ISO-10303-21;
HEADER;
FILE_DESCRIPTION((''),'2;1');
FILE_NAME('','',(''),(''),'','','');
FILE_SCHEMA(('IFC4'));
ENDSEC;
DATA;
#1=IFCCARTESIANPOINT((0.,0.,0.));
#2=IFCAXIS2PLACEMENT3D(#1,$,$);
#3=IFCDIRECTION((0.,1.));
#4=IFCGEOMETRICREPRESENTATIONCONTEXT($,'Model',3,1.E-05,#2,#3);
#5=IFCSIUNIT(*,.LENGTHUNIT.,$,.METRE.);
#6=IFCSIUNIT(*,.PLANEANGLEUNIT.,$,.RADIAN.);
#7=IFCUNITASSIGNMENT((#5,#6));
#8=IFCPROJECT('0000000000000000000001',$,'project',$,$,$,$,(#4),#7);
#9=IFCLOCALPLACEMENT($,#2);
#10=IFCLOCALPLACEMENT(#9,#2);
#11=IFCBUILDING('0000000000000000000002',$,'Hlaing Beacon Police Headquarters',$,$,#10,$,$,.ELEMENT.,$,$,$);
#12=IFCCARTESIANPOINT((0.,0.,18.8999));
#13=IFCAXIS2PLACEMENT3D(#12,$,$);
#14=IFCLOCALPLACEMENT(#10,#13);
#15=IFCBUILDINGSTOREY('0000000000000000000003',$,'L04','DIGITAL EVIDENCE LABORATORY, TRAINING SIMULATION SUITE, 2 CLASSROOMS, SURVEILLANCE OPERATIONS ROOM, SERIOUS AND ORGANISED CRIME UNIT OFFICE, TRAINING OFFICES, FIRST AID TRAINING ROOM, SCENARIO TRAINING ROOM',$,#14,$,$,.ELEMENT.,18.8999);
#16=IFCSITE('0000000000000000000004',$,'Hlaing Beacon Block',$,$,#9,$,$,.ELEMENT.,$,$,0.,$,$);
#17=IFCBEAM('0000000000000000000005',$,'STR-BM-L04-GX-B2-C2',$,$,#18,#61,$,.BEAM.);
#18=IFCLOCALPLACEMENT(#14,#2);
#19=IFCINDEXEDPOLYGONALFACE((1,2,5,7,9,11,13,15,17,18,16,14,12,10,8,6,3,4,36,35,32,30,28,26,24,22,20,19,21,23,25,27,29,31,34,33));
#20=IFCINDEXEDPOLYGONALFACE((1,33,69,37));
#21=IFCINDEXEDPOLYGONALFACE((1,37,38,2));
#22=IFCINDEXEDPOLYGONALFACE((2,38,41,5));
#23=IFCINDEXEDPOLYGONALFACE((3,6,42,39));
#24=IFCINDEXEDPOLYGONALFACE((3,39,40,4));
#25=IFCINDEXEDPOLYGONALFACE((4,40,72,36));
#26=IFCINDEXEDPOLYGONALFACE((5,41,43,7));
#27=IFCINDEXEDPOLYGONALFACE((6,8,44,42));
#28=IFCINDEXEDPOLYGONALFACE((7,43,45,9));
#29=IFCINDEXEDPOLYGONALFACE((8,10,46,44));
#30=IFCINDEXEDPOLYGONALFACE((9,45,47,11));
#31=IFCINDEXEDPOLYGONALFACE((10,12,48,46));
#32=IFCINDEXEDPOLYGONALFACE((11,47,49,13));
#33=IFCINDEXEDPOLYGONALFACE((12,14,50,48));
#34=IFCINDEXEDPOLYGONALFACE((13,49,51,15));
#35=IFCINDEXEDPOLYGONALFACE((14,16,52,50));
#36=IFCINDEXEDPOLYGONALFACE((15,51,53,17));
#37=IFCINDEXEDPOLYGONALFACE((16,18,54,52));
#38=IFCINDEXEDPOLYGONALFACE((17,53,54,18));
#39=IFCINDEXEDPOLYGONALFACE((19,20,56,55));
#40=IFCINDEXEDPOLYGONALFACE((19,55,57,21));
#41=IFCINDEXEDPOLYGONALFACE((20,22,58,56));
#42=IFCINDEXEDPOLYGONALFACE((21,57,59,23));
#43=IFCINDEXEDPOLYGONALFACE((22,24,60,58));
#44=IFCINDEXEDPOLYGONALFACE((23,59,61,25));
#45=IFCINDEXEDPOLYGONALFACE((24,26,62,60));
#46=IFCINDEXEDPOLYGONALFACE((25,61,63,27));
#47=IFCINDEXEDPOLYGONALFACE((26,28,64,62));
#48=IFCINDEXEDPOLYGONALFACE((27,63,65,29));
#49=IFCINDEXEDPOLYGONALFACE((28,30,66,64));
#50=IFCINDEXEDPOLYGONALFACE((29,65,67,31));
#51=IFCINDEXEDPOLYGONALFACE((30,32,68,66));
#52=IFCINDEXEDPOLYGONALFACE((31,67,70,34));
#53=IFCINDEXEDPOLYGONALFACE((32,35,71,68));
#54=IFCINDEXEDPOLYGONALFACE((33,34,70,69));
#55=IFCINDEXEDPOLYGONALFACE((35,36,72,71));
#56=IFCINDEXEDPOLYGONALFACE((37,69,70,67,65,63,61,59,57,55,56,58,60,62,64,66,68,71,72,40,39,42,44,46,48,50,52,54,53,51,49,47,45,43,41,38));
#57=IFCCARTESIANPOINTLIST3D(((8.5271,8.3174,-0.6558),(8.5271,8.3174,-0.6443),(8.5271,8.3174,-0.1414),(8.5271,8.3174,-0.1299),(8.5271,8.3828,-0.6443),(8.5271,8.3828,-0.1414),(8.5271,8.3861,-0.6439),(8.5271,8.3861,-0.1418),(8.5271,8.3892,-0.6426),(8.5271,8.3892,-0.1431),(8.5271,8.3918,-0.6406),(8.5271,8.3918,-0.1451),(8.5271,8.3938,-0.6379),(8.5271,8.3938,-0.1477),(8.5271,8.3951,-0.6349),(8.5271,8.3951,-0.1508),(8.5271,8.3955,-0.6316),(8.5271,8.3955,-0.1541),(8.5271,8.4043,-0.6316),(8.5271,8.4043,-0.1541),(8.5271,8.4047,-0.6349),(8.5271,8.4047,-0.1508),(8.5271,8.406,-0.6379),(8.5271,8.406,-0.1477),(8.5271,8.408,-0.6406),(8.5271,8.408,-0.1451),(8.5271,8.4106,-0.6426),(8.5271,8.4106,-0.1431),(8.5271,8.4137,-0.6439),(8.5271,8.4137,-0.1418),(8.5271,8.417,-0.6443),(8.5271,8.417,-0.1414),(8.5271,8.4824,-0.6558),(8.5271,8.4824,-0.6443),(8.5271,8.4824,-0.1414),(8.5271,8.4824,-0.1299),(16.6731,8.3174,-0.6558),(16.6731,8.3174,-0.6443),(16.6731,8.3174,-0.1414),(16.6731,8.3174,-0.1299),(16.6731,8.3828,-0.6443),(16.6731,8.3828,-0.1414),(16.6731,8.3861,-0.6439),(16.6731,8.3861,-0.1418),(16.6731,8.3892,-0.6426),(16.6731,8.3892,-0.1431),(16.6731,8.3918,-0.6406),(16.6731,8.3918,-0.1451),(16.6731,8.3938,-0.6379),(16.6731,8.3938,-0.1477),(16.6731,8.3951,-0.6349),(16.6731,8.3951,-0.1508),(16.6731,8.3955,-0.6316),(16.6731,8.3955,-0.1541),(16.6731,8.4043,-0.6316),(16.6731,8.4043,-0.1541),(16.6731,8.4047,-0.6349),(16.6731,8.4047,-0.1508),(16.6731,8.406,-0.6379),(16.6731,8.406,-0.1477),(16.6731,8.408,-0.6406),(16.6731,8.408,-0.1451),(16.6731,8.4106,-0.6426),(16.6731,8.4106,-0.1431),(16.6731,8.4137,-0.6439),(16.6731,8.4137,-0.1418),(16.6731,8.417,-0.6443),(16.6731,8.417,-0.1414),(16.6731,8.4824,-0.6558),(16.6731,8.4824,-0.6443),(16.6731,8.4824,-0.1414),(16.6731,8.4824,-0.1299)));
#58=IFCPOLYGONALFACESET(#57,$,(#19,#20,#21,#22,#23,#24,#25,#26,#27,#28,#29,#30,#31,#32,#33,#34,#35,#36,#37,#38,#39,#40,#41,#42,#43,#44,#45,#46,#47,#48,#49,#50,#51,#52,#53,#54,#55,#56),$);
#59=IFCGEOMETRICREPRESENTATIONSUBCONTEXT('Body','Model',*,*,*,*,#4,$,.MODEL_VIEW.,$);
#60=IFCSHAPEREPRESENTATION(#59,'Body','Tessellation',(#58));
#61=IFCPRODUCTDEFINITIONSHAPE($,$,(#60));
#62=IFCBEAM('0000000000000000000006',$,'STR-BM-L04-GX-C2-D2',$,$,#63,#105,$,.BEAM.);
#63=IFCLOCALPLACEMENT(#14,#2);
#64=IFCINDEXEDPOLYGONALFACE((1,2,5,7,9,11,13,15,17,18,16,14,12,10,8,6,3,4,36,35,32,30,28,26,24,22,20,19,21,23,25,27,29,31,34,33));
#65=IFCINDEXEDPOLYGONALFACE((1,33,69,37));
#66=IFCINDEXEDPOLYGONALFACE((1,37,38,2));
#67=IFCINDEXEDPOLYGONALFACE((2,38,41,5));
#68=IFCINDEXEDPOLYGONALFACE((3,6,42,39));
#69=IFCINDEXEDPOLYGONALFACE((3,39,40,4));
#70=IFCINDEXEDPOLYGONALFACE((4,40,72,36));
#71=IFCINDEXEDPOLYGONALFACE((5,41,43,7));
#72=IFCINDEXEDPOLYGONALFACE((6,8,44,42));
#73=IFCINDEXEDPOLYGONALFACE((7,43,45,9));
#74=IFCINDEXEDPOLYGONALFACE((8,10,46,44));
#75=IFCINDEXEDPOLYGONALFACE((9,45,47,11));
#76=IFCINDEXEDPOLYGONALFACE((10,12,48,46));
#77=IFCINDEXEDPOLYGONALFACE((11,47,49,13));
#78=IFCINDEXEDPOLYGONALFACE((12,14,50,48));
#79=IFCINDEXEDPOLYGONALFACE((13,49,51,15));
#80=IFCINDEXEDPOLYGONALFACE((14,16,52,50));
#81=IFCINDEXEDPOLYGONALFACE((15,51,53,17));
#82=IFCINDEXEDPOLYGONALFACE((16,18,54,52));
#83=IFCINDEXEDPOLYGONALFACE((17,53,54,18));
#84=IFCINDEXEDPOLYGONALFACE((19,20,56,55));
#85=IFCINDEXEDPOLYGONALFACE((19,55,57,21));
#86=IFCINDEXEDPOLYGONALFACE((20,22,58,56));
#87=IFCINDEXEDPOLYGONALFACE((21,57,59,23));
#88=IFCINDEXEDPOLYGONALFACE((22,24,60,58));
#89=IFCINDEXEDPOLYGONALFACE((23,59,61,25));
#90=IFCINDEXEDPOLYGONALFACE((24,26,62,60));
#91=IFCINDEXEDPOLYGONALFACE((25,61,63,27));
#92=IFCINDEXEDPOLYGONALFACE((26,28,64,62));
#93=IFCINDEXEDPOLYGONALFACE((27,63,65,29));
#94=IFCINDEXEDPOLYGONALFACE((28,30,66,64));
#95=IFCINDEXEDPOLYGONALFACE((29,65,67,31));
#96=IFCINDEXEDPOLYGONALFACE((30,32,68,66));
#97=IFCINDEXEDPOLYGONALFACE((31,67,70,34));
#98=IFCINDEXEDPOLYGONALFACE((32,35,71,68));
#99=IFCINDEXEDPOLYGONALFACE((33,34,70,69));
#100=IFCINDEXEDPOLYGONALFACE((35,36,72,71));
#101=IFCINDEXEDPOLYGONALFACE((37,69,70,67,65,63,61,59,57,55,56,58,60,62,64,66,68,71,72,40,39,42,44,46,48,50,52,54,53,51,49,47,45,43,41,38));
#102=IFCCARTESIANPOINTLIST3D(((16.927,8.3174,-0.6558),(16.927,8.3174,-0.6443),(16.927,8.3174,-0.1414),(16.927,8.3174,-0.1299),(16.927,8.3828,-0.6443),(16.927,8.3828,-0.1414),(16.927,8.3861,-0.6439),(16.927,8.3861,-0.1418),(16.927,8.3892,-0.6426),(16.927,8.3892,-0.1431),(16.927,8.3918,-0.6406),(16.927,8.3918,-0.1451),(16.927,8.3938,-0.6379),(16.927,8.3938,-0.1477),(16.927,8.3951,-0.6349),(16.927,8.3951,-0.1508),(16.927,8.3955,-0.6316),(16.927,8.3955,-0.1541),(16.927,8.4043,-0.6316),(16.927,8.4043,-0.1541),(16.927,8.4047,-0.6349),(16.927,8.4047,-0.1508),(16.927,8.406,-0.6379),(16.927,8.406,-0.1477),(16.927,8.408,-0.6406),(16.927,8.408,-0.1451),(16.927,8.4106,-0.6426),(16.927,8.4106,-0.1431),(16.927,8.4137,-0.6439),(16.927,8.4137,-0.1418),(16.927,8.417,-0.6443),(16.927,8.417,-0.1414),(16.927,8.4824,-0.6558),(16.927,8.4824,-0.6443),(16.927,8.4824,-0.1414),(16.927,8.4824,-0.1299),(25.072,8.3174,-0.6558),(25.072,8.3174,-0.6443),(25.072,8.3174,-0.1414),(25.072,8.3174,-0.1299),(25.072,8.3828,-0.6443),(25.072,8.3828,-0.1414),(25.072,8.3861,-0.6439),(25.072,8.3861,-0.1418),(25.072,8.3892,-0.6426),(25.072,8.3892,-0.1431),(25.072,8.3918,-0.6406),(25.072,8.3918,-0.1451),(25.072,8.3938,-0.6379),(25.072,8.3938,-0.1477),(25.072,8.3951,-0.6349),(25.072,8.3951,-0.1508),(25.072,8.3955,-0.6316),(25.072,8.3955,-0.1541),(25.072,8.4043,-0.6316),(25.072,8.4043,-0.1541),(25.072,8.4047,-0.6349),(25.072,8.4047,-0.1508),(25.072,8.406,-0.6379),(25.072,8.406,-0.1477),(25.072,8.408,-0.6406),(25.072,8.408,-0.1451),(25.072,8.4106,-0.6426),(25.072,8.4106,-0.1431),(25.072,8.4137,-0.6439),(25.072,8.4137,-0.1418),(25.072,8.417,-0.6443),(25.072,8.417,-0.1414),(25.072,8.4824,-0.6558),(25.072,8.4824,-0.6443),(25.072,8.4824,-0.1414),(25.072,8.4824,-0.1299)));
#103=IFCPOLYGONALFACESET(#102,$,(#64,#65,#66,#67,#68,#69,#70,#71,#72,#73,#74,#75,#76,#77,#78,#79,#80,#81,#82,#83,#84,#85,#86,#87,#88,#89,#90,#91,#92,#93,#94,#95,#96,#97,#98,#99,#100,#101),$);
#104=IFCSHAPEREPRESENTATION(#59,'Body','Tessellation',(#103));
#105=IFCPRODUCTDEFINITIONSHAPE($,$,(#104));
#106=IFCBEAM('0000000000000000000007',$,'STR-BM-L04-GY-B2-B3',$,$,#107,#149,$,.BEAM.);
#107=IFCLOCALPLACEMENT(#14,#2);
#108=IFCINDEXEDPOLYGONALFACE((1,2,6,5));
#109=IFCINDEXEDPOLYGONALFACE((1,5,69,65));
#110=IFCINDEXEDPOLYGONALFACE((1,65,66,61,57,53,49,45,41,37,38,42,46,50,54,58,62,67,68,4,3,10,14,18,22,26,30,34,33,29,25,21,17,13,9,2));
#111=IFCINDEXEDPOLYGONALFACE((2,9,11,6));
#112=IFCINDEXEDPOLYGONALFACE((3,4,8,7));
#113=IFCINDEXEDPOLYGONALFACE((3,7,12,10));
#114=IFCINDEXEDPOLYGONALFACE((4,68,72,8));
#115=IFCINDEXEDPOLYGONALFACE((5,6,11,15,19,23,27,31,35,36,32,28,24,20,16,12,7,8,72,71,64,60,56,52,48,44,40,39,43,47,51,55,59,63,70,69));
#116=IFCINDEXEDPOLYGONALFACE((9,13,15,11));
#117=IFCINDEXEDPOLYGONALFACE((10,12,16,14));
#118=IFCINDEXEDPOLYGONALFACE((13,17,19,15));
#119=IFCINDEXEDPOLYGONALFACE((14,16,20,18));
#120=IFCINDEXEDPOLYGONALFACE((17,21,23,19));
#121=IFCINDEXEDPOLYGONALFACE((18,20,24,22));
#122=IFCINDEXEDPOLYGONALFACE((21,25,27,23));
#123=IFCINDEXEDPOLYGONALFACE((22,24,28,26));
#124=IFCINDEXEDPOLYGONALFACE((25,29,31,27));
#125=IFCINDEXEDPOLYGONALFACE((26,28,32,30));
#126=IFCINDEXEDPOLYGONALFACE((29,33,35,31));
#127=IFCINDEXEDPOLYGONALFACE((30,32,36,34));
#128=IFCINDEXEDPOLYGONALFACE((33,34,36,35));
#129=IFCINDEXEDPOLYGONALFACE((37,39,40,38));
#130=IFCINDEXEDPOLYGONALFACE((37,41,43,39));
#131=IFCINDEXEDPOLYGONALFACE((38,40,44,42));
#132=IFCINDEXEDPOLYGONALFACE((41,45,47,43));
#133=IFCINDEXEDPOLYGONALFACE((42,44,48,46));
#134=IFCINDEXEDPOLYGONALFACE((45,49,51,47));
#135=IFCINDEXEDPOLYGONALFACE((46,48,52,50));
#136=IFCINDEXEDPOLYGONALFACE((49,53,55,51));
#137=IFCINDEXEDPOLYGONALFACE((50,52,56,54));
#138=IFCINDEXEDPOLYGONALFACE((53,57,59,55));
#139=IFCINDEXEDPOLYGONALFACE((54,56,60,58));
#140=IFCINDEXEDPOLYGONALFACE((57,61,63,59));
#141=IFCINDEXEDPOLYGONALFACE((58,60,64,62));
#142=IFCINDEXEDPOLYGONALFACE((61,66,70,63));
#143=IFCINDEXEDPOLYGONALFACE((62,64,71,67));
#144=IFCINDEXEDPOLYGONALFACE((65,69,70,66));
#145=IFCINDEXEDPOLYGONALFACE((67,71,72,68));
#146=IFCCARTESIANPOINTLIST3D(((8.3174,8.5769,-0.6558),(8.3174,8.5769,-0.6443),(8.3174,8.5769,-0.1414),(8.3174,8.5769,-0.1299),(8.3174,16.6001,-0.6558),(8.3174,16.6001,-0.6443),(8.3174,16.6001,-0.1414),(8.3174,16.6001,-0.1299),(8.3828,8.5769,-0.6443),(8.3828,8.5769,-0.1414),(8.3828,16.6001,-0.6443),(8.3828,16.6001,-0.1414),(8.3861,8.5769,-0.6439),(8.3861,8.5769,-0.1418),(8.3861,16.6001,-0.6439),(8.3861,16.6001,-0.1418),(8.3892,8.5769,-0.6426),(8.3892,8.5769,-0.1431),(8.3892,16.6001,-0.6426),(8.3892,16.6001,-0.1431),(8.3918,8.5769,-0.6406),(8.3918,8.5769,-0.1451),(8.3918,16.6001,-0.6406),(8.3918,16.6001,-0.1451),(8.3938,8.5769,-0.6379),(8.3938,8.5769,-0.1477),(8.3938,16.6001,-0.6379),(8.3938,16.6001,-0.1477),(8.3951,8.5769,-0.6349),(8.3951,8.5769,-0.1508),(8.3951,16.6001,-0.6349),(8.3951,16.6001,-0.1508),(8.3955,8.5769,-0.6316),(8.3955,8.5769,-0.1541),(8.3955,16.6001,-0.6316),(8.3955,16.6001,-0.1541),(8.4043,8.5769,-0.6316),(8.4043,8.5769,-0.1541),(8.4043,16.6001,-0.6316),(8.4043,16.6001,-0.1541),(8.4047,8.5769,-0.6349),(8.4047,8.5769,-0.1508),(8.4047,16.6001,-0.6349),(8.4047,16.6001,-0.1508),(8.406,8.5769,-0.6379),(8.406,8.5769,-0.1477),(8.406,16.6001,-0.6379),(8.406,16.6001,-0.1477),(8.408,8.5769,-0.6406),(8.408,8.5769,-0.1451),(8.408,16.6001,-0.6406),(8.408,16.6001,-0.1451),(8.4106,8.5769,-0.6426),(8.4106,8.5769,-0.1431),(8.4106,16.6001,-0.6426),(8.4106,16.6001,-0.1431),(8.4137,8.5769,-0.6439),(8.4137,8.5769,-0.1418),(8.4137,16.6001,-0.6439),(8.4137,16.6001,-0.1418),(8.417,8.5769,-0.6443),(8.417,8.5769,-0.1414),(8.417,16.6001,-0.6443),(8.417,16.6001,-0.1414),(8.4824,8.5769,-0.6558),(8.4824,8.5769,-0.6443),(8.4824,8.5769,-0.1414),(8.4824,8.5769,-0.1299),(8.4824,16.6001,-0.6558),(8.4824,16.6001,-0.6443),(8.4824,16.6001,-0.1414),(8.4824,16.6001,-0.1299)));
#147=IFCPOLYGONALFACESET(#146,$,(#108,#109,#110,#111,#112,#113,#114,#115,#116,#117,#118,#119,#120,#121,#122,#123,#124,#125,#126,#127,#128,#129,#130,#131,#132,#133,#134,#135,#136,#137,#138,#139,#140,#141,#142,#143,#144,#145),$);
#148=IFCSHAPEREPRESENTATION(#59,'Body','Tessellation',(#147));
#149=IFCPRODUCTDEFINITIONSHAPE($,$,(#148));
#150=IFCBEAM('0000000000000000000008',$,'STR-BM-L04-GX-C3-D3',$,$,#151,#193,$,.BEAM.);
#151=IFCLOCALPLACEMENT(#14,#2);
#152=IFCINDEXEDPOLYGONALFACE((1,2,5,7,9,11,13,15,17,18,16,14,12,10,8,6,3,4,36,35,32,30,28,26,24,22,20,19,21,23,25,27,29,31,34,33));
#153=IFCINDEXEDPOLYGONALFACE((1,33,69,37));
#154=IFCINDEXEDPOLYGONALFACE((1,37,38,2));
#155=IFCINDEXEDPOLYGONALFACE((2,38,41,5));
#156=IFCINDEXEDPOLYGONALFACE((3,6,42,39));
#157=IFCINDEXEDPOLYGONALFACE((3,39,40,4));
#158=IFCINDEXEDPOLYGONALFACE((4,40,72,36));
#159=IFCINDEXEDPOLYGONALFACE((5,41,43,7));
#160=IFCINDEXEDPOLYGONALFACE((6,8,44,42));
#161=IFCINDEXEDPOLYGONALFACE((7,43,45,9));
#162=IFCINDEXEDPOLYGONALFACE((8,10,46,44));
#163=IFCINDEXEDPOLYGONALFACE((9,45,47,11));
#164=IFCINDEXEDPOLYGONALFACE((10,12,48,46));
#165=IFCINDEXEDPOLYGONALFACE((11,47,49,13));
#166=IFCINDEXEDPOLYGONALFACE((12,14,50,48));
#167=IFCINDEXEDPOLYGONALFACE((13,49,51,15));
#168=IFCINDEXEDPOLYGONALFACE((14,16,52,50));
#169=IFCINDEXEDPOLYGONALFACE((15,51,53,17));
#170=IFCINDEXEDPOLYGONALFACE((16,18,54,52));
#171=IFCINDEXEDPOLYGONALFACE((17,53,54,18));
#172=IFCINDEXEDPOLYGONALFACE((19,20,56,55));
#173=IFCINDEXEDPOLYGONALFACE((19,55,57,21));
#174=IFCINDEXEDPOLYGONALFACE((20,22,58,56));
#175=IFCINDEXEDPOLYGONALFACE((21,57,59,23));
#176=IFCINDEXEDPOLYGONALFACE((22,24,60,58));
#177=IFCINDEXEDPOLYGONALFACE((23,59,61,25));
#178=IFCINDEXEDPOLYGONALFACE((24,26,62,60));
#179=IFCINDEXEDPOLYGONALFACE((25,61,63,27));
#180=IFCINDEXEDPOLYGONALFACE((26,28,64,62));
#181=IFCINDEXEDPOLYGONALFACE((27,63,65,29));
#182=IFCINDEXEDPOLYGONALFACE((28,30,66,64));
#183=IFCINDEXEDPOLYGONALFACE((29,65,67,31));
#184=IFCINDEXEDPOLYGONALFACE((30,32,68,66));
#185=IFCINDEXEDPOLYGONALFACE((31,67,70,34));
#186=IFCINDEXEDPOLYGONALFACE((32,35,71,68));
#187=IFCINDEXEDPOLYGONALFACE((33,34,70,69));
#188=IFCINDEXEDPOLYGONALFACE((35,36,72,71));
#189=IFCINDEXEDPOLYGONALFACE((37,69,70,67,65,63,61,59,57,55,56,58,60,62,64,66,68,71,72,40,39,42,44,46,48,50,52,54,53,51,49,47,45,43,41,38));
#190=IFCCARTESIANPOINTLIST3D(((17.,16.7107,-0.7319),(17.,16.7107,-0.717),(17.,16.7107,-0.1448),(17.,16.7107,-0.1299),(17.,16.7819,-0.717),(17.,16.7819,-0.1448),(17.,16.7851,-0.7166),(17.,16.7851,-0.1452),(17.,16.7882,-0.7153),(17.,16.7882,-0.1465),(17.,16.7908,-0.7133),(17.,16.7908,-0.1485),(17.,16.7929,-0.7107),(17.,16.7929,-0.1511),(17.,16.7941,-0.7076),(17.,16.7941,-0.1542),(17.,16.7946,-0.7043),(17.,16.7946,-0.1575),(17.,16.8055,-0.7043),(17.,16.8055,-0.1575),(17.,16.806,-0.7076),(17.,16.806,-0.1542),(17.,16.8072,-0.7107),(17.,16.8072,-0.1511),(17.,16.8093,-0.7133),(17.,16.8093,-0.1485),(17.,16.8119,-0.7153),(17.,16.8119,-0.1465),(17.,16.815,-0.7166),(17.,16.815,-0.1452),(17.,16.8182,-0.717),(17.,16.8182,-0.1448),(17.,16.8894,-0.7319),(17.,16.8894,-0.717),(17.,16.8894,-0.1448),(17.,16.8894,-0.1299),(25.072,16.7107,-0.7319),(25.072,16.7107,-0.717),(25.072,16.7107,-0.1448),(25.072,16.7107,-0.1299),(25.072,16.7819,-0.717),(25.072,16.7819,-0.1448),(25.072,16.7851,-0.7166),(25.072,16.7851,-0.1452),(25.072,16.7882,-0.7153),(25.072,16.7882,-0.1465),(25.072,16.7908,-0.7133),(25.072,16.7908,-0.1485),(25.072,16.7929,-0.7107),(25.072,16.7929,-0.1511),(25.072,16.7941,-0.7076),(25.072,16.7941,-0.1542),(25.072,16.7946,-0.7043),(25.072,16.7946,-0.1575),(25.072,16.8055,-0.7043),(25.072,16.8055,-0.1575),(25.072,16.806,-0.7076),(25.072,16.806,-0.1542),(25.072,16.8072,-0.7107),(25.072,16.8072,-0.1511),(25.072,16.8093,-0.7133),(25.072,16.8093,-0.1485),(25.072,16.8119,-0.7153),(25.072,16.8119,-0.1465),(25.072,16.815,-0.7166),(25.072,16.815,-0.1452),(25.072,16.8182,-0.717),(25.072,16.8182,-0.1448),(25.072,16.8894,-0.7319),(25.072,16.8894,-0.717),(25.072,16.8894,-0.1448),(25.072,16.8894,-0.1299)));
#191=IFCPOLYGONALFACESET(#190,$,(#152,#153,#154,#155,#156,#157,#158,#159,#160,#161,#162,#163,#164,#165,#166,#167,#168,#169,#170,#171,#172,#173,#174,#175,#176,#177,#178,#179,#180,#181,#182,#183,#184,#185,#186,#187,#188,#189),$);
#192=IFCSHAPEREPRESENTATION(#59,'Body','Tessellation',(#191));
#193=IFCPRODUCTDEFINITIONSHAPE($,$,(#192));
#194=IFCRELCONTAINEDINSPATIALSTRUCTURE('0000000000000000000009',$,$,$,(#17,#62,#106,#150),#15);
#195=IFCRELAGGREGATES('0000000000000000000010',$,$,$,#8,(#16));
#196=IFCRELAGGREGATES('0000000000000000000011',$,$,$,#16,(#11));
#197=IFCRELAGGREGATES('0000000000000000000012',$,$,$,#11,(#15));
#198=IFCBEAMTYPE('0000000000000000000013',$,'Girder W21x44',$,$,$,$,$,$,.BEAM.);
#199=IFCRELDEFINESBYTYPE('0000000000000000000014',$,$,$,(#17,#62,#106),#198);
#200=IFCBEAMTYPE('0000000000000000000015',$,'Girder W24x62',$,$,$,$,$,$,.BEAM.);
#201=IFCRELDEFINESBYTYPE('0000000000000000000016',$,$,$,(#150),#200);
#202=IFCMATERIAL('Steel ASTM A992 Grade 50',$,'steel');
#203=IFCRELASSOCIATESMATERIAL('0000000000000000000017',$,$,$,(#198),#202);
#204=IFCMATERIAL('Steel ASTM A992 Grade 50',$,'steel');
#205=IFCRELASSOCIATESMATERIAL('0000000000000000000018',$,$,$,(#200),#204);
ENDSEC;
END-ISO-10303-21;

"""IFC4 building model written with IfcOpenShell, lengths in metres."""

from ifc_helpers import new_model, si_unit, direction, frame, origin, origin_2d, place, context, subcontext, project, spatial, i_section, extrude, material, material_profile, profile_set, type_object, element, save


model = new_model("IFC4")

# Units and contexts
model_context = context("Model", 3, precision=1e-05, world=origin(), true_north=direction((0.0, 1.0)))
body_context = subcontext(model_context, "Body", "Model", "MODEL_VIEW")
ifc_project = project(units=[si_unit("LENGTHUNIT", "METRE"), si_unit("PLANEANGLEUNIT", "RADIAN")], contexts=[model_context])

# Site, building, storey
site_placement = place(None, origin())
site = spatial("IfcSite", under=ifc_project, at=site_placement, Name="Hlaing Beacon Block", CompositionType="ELEMENT", RefElevation=0.0)
building_placement = place(site_placement, origin())
building = spatial("IfcBuilding", under=site, at=building_placement, Name="Hlaing Beacon Police Headquarters", CompositionType="ELEMENT")
storey_placement = place(building_placement, frame((0.0, 0.0, 18.8999)))
storey = spatial("IfcBuildingStorey", under=building, at=storey_placement, Name="L04", Description="DIGITAL EVIDENCE LABORATORY, TRAINING SIMULATION SUITE, 2 CLASSROOMS, SURVEILLANCE OPERATIONS ROOM, SERIOUS AND ORGANISED CRIME UNIT OFFICE, TRAINING OFFICES, FIRST AID TRAINING ROOM, SCENARIO TRAINING ROOM", CompositionType="ELEMENT", Elevation=18.8999)

# Beams
ifc_material_1 = material(Name="Steel ASTM A992 Grade 50", Category="steel")
ifc_material_profile_1 = material_profile(ifc_material_1, i_section(OverallWidth=0.165, OverallDepth=0.5259, WebThickness=0.0088, FlangeThickness=0.0115, FilletRadius=0.0127, at=origin_2d()), Name="W21x44")
ifc_profile_set_1 = profile_set([ifc_material_profile_1], Name="Steel ASTM A992 Grade 50")
beam_type_1 = type_object("IfcBeamType", Name="Girder W21x44", PredefinedType="BEAM", material=ifc_profile_set_1)
beam_1_placement = place(storey_placement, frame((8.5271, 8.3999, -0.3928), z_axis=(1.0, 0.0, 0.0), x_axis=(0.0, 1.0, 0.0)))
element("IfcBeam", 1, at=beam_1_placement, inside=storey, type_object=beam_type_1, Name="STR-BM-L04-GX-B2-C2", PredefinedType="BEAM", context=body_context, shape_type="SweptSolid", body=[
    extrude(i_section(OverallWidth=0.165, OverallDepth=0.5259, WebThickness=0.0088, FlangeThickness=0.0115, FilletRadius=0.0127, at=origin_2d()), origin(), (0.0, 0.0, 1.0), 8.146),
])
beam_2_placement = place(storey_placement, frame((16.927, 8.3999, -0.3928), z_axis=(1.0, 0.0, 0.0), x_axis=(0.0, 1.0, 0.0)))
element("IfcBeam", 2, at=beam_2_placement, inside=storey, type_object=beam_type_1, Name="STR-BM-L04-GX-C2-D2", PredefinedType="BEAM", context=body_context, shape_type="SweptSolid", body=[
    extrude(i_section(OverallWidth=0.165, OverallDepth=0.5259, WebThickness=0.0088, FlangeThickness=0.0115, FilletRadius=0.0127, at=origin_2d()), origin(), (0.0, 0.0, 1.0), 8.145),
])
beam_3_placement = place(storey_placement, frame((8.3999, 8.5769, -0.3928), z_axis=(0.0, 1.0, 0.0), x_axis=(-1.0, 0.0, 0.0)))
element("IfcBeam", 3, at=beam_3_placement, inside=storey, type_object=beam_type_1, Name="STR-BM-L04-GY-B2-B3", PredefinedType="BEAM", context=body_context, shape_type="SweptSolid", body=[
    extrude(i_section(OverallWidth=0.165, OverallDepth=0.5259, WebThickness=0.0088, FlangeThickness=0.0115, FilletRadius=0.0127, at=origin_2d()), origin(), (0.0, 0.0, 1.0), 8.0232),
])
ifc_material_2 = material(Name="Steel ASTM A992 Grade 50", Category="steel")
ifc_material_profile_2 = material_profile(ifc_material_2, i_section(OverallWidth=0.1787, OverallDepth=0.6021, WebThickness=0.011, FlangeThickness=0.0149, FilletRadius=0.0127, at=origin_2d()), Name="W24x62")
ifc_profile_set_2 = profile_set([ifc_material_profile_2], Name="Steel ASTM A992 Grade 50")
beam_type_2 = type_object("IfcBeamType", Name="Girder W24x62", PredefinedType="BEAM", material=ifc_profile_set_2)
for number, where, z_axis, x_axis, name in (
    (4, (17.0, 16.8, -0.4309), (1.0, 0.0, 0.0), (0.0, 1.0, 0.0), "STR-BM-L04-GX-C3-D3"),
):
    element("IfcBeam", number, at=place(storey_placement, frame(where, z_axis=z_axis, x_axis=x_axis)), inside=storey, type_object=beam_type_2, Name=name, PredefinedType="BEAM", context=body_context, shape_type="SweptSolid", body=[
        extrude(i_section(OverallWidth=0.1787, OverallDepth=0.6021, WebThickness=0.011, FlangeThickness=0.0149, FilletRadius=0.0127, at=origin_2d()), origin(), (0.0, 0.0, 1.0), 8.072),
    ])

save(model, "model.ifc")
